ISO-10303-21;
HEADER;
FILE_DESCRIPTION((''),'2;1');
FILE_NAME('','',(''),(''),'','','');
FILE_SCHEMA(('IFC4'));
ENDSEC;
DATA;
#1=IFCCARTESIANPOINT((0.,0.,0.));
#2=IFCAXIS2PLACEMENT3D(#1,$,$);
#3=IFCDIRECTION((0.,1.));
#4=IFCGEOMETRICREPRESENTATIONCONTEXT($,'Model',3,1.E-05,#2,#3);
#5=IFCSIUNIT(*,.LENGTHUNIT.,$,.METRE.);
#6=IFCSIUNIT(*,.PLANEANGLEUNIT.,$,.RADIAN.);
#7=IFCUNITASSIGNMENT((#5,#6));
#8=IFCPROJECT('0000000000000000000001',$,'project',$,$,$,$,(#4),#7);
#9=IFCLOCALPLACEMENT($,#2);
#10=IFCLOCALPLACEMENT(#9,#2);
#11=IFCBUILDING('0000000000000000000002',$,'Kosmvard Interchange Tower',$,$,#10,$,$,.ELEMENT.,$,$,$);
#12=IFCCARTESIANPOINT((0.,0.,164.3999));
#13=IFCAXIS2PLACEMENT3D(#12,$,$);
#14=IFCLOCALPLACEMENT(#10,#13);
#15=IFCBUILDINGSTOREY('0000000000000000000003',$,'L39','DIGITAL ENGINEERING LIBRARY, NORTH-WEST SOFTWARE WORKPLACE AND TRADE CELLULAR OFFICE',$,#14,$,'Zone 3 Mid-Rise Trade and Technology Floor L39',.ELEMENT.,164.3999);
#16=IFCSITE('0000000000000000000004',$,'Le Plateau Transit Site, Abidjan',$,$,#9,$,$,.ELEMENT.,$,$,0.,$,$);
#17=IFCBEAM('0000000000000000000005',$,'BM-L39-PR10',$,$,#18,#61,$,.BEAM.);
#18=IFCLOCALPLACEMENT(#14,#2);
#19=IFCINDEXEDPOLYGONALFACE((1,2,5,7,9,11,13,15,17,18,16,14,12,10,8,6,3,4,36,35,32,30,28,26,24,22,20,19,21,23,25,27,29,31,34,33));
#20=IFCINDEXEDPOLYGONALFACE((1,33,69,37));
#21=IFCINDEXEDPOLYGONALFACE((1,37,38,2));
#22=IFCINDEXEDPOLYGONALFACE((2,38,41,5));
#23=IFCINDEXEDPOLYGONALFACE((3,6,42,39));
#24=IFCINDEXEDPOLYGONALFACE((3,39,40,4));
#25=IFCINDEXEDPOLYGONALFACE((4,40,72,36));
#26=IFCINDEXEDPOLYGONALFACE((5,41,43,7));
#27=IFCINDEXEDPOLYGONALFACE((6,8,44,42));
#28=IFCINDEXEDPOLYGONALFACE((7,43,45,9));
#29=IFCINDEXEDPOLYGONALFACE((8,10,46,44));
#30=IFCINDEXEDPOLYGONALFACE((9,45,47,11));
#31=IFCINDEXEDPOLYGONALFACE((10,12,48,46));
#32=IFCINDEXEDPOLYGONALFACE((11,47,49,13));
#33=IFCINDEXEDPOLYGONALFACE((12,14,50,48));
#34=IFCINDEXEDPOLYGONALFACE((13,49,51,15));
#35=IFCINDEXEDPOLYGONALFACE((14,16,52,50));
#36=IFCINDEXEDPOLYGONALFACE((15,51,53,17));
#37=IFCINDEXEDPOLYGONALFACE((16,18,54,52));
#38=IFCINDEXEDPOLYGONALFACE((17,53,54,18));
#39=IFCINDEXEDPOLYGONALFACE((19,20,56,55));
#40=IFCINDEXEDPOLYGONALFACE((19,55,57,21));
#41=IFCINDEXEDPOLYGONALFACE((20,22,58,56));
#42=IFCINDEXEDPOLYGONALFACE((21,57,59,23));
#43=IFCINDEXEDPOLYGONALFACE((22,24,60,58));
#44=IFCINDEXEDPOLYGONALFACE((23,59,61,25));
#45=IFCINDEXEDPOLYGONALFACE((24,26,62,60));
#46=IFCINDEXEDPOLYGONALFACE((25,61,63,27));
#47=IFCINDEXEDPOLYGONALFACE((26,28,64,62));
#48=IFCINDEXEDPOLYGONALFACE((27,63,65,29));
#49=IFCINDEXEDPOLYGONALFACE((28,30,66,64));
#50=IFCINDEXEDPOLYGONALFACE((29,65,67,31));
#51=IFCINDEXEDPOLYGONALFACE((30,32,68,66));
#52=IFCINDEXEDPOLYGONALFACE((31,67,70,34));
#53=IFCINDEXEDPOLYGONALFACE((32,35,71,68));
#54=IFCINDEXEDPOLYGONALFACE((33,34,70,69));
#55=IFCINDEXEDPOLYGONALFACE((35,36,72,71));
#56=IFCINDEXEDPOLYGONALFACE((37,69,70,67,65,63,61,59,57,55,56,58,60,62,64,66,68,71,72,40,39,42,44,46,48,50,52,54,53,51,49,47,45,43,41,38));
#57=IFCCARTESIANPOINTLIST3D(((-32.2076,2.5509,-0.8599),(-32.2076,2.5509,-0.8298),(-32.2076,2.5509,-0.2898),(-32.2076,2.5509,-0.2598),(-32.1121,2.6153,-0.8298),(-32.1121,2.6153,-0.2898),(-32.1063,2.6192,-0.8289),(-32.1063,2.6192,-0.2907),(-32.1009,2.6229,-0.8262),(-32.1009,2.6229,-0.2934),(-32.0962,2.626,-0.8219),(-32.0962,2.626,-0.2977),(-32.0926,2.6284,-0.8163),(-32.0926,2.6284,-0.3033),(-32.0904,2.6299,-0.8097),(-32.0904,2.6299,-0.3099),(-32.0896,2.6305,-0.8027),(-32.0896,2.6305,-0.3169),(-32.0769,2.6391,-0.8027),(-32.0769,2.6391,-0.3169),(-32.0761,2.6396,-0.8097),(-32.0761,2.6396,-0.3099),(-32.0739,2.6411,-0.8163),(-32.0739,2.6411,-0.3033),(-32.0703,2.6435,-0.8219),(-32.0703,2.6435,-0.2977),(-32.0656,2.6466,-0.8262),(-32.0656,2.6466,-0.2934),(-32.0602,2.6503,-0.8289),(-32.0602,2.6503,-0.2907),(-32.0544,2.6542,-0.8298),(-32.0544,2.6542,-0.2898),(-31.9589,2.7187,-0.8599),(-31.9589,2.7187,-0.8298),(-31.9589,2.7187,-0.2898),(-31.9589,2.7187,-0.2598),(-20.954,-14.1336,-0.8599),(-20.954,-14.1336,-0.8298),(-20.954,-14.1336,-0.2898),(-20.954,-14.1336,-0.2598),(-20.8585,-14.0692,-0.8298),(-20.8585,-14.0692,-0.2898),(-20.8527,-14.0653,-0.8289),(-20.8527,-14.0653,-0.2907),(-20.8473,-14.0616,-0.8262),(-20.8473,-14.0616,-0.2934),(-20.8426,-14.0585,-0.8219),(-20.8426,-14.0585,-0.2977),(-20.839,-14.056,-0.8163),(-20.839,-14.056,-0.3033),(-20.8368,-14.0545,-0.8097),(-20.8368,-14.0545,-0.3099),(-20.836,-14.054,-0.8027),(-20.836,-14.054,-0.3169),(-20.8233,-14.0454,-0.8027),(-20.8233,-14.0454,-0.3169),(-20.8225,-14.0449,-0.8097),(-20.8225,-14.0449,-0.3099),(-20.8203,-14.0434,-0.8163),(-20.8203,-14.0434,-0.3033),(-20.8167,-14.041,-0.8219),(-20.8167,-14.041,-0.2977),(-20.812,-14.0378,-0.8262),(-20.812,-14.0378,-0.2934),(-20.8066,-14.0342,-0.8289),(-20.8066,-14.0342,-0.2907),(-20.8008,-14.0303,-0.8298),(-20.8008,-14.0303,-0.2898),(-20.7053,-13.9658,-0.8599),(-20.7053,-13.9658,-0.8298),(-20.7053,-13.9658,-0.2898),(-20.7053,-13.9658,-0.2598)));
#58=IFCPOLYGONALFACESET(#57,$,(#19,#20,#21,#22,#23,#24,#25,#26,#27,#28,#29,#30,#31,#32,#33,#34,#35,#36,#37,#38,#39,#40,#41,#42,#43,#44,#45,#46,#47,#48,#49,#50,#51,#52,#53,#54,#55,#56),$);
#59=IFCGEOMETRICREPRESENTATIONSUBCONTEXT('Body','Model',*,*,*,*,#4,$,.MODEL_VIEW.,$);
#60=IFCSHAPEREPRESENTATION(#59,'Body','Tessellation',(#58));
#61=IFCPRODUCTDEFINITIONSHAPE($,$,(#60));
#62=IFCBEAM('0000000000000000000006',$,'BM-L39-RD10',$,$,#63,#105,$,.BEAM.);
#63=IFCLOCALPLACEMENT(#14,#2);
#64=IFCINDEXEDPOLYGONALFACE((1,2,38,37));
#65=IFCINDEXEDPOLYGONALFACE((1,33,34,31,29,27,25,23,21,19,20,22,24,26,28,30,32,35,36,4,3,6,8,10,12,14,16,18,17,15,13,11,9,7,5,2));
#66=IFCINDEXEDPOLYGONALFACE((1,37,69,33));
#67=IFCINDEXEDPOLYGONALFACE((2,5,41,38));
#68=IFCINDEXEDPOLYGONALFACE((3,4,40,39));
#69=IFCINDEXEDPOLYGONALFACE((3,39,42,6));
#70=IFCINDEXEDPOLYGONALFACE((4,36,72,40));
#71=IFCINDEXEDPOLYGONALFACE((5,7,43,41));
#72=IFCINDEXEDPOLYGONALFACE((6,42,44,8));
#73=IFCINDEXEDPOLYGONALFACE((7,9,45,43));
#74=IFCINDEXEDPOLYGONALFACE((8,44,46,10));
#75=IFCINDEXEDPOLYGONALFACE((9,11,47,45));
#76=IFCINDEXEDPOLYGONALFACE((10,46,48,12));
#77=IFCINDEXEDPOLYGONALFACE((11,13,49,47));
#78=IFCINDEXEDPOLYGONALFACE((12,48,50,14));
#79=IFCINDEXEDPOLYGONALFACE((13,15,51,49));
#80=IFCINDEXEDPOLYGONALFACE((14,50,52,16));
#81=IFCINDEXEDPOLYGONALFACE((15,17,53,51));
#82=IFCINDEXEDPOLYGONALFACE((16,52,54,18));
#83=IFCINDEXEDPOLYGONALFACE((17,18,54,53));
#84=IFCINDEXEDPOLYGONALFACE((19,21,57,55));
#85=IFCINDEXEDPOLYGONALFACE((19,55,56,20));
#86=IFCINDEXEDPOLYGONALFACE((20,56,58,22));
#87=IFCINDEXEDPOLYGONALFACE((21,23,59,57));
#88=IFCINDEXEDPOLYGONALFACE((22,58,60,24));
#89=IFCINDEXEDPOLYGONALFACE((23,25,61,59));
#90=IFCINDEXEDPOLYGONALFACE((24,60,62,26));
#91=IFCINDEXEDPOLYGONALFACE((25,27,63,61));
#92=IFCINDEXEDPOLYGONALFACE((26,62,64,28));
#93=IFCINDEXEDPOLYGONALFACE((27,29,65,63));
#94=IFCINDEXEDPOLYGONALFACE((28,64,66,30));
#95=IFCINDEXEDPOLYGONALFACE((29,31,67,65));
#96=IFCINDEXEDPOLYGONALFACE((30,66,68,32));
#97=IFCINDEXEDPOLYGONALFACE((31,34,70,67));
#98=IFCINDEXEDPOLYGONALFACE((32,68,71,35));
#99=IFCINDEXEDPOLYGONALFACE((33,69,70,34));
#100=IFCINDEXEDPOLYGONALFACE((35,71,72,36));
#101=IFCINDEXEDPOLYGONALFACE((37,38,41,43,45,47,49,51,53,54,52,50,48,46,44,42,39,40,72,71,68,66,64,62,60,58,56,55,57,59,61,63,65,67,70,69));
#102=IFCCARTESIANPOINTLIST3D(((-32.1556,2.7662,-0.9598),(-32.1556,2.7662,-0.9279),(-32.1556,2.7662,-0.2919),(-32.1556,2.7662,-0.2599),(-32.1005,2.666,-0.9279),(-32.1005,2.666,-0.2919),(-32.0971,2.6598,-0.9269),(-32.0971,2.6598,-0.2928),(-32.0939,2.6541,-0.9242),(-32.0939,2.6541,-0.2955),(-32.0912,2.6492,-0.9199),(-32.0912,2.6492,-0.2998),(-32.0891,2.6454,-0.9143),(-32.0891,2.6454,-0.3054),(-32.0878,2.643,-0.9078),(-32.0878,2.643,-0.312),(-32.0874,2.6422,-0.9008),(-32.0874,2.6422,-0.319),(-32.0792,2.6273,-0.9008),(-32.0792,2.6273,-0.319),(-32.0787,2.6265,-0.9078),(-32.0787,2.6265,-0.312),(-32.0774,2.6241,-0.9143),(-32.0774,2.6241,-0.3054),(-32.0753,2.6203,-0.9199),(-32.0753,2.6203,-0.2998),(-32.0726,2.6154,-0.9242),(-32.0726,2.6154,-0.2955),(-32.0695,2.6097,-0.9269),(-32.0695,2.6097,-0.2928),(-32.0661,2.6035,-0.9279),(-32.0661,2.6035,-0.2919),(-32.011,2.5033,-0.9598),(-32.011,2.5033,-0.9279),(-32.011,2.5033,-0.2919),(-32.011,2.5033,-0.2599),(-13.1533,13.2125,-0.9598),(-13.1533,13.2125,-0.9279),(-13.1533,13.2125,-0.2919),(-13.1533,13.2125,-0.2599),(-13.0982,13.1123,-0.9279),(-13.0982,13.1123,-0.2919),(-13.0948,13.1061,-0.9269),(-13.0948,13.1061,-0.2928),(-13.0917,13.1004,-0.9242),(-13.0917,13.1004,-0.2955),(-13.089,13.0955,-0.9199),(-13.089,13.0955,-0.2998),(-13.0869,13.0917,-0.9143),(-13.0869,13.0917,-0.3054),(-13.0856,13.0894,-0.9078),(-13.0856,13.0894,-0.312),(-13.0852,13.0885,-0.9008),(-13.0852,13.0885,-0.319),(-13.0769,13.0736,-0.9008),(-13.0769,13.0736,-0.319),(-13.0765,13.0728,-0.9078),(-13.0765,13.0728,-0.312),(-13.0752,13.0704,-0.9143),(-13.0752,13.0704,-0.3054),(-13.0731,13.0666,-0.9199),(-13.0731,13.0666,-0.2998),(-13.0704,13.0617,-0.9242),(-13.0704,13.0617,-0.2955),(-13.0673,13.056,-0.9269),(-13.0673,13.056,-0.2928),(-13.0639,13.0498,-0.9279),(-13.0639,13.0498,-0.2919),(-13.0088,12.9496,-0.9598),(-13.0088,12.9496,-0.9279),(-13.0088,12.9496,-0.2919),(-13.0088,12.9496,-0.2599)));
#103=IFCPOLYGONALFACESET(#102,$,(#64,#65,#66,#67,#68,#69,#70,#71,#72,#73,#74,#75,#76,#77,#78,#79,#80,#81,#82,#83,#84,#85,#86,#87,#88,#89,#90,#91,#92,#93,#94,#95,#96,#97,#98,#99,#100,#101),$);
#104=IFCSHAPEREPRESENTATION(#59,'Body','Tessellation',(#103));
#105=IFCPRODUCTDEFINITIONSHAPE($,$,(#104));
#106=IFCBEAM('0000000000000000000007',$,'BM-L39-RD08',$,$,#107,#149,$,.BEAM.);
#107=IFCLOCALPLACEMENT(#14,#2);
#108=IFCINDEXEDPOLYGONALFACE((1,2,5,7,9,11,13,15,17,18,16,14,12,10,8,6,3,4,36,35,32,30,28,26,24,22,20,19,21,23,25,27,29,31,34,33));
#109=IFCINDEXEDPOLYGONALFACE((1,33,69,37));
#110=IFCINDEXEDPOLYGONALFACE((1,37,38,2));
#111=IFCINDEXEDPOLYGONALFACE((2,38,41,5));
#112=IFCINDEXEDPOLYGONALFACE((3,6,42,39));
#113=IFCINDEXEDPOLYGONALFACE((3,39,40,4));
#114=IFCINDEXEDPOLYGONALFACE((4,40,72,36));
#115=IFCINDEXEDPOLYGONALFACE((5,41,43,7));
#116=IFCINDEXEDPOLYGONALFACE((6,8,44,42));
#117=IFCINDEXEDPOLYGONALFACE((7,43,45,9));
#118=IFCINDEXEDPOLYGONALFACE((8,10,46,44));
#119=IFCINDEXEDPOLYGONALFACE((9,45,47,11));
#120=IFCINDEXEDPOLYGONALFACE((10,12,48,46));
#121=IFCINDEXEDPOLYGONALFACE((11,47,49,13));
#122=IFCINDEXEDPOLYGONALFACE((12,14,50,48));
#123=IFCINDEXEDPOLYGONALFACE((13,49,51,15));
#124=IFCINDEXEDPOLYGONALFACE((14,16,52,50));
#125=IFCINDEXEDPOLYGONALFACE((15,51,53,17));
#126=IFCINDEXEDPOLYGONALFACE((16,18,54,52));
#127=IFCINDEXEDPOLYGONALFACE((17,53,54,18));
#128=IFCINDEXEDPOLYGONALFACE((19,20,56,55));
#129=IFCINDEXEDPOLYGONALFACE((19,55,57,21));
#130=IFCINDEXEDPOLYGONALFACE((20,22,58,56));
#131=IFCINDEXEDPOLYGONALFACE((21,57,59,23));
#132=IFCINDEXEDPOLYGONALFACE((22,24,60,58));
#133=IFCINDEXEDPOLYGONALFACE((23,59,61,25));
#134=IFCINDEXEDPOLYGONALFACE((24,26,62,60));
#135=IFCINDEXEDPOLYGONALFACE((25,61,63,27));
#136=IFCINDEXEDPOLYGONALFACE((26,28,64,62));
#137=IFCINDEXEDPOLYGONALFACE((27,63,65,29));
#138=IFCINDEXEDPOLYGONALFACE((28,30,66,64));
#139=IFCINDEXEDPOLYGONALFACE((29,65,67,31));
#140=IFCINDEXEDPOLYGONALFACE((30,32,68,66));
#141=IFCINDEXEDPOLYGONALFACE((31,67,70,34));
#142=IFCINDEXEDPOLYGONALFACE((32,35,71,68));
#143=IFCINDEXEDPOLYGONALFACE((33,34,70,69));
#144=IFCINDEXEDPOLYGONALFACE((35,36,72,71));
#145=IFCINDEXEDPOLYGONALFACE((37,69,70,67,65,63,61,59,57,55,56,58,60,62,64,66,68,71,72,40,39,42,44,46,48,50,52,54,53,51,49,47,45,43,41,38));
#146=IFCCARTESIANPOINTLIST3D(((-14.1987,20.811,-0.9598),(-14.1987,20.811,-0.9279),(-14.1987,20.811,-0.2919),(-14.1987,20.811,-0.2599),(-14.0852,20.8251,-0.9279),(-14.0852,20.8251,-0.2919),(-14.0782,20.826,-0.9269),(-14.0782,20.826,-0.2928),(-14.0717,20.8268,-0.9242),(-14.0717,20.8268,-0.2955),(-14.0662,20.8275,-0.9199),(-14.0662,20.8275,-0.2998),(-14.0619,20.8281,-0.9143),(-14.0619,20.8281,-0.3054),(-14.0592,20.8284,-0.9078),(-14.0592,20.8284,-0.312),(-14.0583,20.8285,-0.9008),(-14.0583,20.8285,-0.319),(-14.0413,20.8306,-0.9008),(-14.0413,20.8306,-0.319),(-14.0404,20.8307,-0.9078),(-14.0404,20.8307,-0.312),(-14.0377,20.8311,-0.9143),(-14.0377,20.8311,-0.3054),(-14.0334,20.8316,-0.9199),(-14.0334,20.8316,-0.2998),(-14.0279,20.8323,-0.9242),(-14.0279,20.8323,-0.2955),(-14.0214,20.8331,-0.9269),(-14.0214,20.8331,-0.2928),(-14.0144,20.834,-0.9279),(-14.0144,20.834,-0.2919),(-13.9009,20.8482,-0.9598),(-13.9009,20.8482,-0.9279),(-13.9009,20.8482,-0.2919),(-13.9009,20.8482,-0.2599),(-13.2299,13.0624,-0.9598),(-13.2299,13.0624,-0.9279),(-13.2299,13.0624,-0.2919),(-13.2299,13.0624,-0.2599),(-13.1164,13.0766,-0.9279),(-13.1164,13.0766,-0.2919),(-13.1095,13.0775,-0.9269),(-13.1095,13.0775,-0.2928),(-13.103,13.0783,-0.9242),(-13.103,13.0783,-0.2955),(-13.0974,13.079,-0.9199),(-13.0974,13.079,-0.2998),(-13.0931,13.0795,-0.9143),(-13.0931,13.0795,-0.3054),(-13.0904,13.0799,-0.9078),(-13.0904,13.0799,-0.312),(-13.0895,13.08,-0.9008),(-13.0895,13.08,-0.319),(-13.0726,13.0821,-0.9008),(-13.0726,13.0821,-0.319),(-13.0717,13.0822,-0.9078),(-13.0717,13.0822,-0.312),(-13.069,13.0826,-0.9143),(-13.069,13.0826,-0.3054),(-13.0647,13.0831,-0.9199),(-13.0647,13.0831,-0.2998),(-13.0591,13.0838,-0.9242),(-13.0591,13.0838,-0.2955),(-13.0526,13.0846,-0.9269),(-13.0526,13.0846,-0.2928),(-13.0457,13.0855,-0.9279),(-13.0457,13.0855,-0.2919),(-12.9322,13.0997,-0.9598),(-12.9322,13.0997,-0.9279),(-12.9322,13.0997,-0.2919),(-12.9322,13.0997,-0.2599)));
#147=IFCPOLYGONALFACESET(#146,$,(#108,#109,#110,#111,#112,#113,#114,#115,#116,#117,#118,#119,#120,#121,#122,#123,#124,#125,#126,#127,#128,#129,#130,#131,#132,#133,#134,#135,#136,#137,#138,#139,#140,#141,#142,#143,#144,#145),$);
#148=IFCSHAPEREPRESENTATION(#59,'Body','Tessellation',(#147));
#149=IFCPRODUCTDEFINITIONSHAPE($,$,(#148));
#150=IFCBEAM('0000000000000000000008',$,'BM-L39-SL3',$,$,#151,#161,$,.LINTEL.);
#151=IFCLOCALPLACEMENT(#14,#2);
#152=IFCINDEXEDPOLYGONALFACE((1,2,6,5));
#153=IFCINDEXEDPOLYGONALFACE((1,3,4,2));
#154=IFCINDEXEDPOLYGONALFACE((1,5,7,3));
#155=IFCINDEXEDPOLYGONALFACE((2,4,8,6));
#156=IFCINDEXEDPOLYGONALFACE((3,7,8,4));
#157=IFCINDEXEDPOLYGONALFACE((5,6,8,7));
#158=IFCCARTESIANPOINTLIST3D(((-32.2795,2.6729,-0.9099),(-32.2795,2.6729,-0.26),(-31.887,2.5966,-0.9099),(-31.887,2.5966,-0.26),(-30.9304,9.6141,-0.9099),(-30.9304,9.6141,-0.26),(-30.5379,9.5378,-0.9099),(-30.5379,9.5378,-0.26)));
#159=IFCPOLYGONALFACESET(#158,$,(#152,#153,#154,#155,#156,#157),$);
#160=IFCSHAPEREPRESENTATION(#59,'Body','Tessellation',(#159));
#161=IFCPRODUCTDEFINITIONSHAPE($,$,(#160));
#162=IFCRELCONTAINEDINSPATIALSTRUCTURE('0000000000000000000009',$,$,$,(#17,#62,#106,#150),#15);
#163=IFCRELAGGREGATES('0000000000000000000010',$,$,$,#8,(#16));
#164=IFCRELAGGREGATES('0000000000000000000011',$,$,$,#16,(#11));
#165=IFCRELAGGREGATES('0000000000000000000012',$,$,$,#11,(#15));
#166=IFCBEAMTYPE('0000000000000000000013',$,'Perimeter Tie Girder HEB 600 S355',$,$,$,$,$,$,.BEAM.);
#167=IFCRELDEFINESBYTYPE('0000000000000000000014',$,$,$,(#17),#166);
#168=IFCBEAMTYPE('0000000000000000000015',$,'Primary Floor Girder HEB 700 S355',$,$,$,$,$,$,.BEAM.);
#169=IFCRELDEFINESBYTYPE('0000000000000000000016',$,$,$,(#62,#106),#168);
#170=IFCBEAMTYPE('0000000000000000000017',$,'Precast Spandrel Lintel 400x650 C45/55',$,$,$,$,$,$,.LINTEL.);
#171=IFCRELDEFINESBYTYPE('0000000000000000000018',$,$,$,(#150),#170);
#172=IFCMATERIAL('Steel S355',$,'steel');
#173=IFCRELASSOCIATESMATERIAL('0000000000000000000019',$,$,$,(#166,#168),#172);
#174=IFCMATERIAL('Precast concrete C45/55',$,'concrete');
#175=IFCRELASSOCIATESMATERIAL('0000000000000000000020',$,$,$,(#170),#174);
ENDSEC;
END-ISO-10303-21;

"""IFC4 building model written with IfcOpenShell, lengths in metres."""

from ifc_helpers import new_model, si_unit, direction, frame, origin, origin_2d, place, context, subcontext, project, spatial, rectangle, i_section, extrude, source, transform, mapped, material, material_profile, profile_set, type_object, element, save


model = new_model("IFC4")

# Units and contexts
model_context = context("Model", 3, precision=1e-05, world=origin(), true_north=direction((0.0, 1.0)))
body_context = subcontext(model_context, "Body", "Model", "MODEL_VIEW")
ifc_project = project(units=[si_unit("LENGTHUNIT", "METRE"), si_unit("PLANEANGLEUNIT", "RADIAN")], contexts=[model_context])

# Site, building, storey
site_placement = place(None, origin())
site = spatial("IfcSite", under=ifc_project, at=site_placement, Name="Le Plateau Transit Site, Abidjan", CompositionType="ELEMENT", RefElevation=0.0)
building_placement = place(site_placement, origin())
building = spatial("IfcBuilding", under=site, at=building_placement, Name="Kosmvard Interchange Tower", CompositionType="ELEMENT")
storey_placement = place(building_placement, frame((0.0, 0.0, 164.3999)))
storey = spatial("IfcBuildingStorey", under=building, at=storey_placement, Name="L39", Description="DIGITAL ENGINEERING LIBRARY, NORTH-WEST SOFTWARE WORKPLACE AND TRADE CELLULAR OFFICE", LongName="Zone 3 Mid-Rise Trade and Technology Floor L39", CompositionType="ELEMENT", Elevation=164.3999)

# Beams
ifc_material_1 = material(Name="Steel S355", Category="steel")
ifc_material_profile_1 = material_profile(ifc_material_1, i_section(OverallWidth=0.3, OverallDepth=0.6001, WebThickness=0.0154, FlangeThickness=0.03, FilletRadius=0.0271, at=origin_2d()), Name="HEB 600")
ifc_profile_set_1 = profile_set([ifc_material_profile_1], Name="Steel S355")
beam_type_1 = type_object("IfcBeamType", Name="Perimeter Tie Girder HEB 600 S355", PredefinedType="BEAM", material=ifc_profile_set_1)
shared_shape_1 = source(origin(), body_context, "Body", "SweptSolid", [
    extrude(i_section(OverallWidth=0.3, OverallDepth=0.6001, WebThickness=0.0154, FlangeThickness=0.03, FilletRadius=0.0271, at=origin_2d()), origin(), (0.0, 0.0, 1.0), 20.125),
])
for number, where, z_axis, x_axis, name in (
    (1, (-32.0833, 2.6348, -0.5598), (0.559185, -0.829043, 0.0), (0.829043, 0.559185, 0.0), "BM-L39-PR10"),
):
    element("IfcBeam", number, at=place(storey_placement, frame(where, z_axis=z_axis, x_axis=x_axis)), inside=storey, type_object=beam_type_1, Name=name, PredefinedType="BEAM", context=body_context, shape_type="MappedRepresentation", body=[
        mapped(shared_shape_1, transform((0.0, 0.0, 0.0), scale=1.0)),
    ])
ifc_material_profile_2 = material_profile(ifc_material_1, i_section(OverallWidth=0.3, OverallDepth=0.7, WebThickness=0.0171, FlangeThickness=0.032, FilletRadius=0.0271, at=origin_2d()), Name="HEB 700")
ifc_profile_set_2 = profile_set([ifc_material_profile_2], Name="Steel S355")
beam_type_2 = type_object("IfcBeamType", Name="Primary Floor Girder HEB 700 S355", PredefinedType="BEAM", material=ifc_profile_set_2)
shared_shape_2 = source(origin(), body_context, "Body", "SweptSolid", [
    extrude(i_section(OverallWidth=0.3, OverallDepth=0.7, WebThickness=0.0171, FlangeThickness=0.032, FilletRadius=0.0271, at=origin_2d()), origin(), (0.0, 0.0, 1.0), 21.6843),
])
beam_1_placement = place(storey_placement, frame((-13.0811, 13.0811, -0.6099), z_axis=(-0.876312, -0.481745, 0.0), x_axis=(0.481745, -0.876312, 0.0)))
element("IfcBeam", 2, at=beam_1_placement, inside=storey, type_object=beam_type_2, Name="BM-L39-RD10", PredefinedType="BEAM", context=body_context, shape_type="MappedRepresentation", body=[
    mapped(shared_shape_2, transform((0.0, 0.0, 0.0), scale=1.0)),
])
shared_shape_3 = source(origin(), body_context, "Body", "SweptSolid", [
    extrude(i_section(OverallWidth=0.3, OverallDepth=0.7, WebThickness=0.0171, FlangeThickness=0.032, FilletRadius=0.0271, at=origin_2d()), origin(), (0.0, 0.0, 1.0), 7.8088),
])
beam_2_placement = place(storey_placement, frame((-13.0811, 13.0811, -0.6099), z_axis=(-0.124058, 0.992275, 0.0), x_axis=(-0.992275, -0.124058, 0.0)))
element("IfcBeam", 3, at=beam_2_placement, inside=storey, type_object=beam_type_2, Name="BM-L39-RD08", PredefinedType="BEAM", context=body_context, shape_type="MappedRepresentation", body=[
    mapped(shared_shape_3, transform((0.0, 0.0, 0.0), scale=1.0)),
])
ifc_material_2 = material(Name="Precast concrete C45/55", Category="concrete")
ifc_material_profile_3 = material_profile(ifc_material_2, rectangle(XDim=0.3999, YDim=0.6499, at=origin_2d()), Name="SL 400x650")
ifc_profile_set_3 = profile_set([ifc_material_profile_3], Name="Precast concrete C45/55")
beam_type_3 = type_object("IfcBeamType", Name="Precast Spandrel Lintel 400x650 C45/55", PredefinedType="LINTEL", material=ifc_profile_set_3)
shared_shape_4 = source(origin(), body_context, "Body", "SweptSolid", [
    extrude(rectangle(XDim=0.3999, YDim=0.6499, at=origin_2d()), origin(), (0.0, 0.0, 1.0), 7.071),
])
beam_3_placement = place(storey_placement, frame((-30.7341, 9.5759, -0.585), z_axis=(-0.190795, -0.98163, 0.0), x_axis=(0.98163, -0.190795, 0.0)))
element("IfcBeam", 4, at=beam_3_placement, inside=storey, type_object=beam_type_3, Name="BM-L39-SL3", PredefinedType="LINTEL", context=body_context, shape_type="MappedRepresentation", body=[
    mapped(shared_shape_4, transform((0.0, 0.0, 0.0), scale=1.0)),
])

save(model, "model.ifc")
